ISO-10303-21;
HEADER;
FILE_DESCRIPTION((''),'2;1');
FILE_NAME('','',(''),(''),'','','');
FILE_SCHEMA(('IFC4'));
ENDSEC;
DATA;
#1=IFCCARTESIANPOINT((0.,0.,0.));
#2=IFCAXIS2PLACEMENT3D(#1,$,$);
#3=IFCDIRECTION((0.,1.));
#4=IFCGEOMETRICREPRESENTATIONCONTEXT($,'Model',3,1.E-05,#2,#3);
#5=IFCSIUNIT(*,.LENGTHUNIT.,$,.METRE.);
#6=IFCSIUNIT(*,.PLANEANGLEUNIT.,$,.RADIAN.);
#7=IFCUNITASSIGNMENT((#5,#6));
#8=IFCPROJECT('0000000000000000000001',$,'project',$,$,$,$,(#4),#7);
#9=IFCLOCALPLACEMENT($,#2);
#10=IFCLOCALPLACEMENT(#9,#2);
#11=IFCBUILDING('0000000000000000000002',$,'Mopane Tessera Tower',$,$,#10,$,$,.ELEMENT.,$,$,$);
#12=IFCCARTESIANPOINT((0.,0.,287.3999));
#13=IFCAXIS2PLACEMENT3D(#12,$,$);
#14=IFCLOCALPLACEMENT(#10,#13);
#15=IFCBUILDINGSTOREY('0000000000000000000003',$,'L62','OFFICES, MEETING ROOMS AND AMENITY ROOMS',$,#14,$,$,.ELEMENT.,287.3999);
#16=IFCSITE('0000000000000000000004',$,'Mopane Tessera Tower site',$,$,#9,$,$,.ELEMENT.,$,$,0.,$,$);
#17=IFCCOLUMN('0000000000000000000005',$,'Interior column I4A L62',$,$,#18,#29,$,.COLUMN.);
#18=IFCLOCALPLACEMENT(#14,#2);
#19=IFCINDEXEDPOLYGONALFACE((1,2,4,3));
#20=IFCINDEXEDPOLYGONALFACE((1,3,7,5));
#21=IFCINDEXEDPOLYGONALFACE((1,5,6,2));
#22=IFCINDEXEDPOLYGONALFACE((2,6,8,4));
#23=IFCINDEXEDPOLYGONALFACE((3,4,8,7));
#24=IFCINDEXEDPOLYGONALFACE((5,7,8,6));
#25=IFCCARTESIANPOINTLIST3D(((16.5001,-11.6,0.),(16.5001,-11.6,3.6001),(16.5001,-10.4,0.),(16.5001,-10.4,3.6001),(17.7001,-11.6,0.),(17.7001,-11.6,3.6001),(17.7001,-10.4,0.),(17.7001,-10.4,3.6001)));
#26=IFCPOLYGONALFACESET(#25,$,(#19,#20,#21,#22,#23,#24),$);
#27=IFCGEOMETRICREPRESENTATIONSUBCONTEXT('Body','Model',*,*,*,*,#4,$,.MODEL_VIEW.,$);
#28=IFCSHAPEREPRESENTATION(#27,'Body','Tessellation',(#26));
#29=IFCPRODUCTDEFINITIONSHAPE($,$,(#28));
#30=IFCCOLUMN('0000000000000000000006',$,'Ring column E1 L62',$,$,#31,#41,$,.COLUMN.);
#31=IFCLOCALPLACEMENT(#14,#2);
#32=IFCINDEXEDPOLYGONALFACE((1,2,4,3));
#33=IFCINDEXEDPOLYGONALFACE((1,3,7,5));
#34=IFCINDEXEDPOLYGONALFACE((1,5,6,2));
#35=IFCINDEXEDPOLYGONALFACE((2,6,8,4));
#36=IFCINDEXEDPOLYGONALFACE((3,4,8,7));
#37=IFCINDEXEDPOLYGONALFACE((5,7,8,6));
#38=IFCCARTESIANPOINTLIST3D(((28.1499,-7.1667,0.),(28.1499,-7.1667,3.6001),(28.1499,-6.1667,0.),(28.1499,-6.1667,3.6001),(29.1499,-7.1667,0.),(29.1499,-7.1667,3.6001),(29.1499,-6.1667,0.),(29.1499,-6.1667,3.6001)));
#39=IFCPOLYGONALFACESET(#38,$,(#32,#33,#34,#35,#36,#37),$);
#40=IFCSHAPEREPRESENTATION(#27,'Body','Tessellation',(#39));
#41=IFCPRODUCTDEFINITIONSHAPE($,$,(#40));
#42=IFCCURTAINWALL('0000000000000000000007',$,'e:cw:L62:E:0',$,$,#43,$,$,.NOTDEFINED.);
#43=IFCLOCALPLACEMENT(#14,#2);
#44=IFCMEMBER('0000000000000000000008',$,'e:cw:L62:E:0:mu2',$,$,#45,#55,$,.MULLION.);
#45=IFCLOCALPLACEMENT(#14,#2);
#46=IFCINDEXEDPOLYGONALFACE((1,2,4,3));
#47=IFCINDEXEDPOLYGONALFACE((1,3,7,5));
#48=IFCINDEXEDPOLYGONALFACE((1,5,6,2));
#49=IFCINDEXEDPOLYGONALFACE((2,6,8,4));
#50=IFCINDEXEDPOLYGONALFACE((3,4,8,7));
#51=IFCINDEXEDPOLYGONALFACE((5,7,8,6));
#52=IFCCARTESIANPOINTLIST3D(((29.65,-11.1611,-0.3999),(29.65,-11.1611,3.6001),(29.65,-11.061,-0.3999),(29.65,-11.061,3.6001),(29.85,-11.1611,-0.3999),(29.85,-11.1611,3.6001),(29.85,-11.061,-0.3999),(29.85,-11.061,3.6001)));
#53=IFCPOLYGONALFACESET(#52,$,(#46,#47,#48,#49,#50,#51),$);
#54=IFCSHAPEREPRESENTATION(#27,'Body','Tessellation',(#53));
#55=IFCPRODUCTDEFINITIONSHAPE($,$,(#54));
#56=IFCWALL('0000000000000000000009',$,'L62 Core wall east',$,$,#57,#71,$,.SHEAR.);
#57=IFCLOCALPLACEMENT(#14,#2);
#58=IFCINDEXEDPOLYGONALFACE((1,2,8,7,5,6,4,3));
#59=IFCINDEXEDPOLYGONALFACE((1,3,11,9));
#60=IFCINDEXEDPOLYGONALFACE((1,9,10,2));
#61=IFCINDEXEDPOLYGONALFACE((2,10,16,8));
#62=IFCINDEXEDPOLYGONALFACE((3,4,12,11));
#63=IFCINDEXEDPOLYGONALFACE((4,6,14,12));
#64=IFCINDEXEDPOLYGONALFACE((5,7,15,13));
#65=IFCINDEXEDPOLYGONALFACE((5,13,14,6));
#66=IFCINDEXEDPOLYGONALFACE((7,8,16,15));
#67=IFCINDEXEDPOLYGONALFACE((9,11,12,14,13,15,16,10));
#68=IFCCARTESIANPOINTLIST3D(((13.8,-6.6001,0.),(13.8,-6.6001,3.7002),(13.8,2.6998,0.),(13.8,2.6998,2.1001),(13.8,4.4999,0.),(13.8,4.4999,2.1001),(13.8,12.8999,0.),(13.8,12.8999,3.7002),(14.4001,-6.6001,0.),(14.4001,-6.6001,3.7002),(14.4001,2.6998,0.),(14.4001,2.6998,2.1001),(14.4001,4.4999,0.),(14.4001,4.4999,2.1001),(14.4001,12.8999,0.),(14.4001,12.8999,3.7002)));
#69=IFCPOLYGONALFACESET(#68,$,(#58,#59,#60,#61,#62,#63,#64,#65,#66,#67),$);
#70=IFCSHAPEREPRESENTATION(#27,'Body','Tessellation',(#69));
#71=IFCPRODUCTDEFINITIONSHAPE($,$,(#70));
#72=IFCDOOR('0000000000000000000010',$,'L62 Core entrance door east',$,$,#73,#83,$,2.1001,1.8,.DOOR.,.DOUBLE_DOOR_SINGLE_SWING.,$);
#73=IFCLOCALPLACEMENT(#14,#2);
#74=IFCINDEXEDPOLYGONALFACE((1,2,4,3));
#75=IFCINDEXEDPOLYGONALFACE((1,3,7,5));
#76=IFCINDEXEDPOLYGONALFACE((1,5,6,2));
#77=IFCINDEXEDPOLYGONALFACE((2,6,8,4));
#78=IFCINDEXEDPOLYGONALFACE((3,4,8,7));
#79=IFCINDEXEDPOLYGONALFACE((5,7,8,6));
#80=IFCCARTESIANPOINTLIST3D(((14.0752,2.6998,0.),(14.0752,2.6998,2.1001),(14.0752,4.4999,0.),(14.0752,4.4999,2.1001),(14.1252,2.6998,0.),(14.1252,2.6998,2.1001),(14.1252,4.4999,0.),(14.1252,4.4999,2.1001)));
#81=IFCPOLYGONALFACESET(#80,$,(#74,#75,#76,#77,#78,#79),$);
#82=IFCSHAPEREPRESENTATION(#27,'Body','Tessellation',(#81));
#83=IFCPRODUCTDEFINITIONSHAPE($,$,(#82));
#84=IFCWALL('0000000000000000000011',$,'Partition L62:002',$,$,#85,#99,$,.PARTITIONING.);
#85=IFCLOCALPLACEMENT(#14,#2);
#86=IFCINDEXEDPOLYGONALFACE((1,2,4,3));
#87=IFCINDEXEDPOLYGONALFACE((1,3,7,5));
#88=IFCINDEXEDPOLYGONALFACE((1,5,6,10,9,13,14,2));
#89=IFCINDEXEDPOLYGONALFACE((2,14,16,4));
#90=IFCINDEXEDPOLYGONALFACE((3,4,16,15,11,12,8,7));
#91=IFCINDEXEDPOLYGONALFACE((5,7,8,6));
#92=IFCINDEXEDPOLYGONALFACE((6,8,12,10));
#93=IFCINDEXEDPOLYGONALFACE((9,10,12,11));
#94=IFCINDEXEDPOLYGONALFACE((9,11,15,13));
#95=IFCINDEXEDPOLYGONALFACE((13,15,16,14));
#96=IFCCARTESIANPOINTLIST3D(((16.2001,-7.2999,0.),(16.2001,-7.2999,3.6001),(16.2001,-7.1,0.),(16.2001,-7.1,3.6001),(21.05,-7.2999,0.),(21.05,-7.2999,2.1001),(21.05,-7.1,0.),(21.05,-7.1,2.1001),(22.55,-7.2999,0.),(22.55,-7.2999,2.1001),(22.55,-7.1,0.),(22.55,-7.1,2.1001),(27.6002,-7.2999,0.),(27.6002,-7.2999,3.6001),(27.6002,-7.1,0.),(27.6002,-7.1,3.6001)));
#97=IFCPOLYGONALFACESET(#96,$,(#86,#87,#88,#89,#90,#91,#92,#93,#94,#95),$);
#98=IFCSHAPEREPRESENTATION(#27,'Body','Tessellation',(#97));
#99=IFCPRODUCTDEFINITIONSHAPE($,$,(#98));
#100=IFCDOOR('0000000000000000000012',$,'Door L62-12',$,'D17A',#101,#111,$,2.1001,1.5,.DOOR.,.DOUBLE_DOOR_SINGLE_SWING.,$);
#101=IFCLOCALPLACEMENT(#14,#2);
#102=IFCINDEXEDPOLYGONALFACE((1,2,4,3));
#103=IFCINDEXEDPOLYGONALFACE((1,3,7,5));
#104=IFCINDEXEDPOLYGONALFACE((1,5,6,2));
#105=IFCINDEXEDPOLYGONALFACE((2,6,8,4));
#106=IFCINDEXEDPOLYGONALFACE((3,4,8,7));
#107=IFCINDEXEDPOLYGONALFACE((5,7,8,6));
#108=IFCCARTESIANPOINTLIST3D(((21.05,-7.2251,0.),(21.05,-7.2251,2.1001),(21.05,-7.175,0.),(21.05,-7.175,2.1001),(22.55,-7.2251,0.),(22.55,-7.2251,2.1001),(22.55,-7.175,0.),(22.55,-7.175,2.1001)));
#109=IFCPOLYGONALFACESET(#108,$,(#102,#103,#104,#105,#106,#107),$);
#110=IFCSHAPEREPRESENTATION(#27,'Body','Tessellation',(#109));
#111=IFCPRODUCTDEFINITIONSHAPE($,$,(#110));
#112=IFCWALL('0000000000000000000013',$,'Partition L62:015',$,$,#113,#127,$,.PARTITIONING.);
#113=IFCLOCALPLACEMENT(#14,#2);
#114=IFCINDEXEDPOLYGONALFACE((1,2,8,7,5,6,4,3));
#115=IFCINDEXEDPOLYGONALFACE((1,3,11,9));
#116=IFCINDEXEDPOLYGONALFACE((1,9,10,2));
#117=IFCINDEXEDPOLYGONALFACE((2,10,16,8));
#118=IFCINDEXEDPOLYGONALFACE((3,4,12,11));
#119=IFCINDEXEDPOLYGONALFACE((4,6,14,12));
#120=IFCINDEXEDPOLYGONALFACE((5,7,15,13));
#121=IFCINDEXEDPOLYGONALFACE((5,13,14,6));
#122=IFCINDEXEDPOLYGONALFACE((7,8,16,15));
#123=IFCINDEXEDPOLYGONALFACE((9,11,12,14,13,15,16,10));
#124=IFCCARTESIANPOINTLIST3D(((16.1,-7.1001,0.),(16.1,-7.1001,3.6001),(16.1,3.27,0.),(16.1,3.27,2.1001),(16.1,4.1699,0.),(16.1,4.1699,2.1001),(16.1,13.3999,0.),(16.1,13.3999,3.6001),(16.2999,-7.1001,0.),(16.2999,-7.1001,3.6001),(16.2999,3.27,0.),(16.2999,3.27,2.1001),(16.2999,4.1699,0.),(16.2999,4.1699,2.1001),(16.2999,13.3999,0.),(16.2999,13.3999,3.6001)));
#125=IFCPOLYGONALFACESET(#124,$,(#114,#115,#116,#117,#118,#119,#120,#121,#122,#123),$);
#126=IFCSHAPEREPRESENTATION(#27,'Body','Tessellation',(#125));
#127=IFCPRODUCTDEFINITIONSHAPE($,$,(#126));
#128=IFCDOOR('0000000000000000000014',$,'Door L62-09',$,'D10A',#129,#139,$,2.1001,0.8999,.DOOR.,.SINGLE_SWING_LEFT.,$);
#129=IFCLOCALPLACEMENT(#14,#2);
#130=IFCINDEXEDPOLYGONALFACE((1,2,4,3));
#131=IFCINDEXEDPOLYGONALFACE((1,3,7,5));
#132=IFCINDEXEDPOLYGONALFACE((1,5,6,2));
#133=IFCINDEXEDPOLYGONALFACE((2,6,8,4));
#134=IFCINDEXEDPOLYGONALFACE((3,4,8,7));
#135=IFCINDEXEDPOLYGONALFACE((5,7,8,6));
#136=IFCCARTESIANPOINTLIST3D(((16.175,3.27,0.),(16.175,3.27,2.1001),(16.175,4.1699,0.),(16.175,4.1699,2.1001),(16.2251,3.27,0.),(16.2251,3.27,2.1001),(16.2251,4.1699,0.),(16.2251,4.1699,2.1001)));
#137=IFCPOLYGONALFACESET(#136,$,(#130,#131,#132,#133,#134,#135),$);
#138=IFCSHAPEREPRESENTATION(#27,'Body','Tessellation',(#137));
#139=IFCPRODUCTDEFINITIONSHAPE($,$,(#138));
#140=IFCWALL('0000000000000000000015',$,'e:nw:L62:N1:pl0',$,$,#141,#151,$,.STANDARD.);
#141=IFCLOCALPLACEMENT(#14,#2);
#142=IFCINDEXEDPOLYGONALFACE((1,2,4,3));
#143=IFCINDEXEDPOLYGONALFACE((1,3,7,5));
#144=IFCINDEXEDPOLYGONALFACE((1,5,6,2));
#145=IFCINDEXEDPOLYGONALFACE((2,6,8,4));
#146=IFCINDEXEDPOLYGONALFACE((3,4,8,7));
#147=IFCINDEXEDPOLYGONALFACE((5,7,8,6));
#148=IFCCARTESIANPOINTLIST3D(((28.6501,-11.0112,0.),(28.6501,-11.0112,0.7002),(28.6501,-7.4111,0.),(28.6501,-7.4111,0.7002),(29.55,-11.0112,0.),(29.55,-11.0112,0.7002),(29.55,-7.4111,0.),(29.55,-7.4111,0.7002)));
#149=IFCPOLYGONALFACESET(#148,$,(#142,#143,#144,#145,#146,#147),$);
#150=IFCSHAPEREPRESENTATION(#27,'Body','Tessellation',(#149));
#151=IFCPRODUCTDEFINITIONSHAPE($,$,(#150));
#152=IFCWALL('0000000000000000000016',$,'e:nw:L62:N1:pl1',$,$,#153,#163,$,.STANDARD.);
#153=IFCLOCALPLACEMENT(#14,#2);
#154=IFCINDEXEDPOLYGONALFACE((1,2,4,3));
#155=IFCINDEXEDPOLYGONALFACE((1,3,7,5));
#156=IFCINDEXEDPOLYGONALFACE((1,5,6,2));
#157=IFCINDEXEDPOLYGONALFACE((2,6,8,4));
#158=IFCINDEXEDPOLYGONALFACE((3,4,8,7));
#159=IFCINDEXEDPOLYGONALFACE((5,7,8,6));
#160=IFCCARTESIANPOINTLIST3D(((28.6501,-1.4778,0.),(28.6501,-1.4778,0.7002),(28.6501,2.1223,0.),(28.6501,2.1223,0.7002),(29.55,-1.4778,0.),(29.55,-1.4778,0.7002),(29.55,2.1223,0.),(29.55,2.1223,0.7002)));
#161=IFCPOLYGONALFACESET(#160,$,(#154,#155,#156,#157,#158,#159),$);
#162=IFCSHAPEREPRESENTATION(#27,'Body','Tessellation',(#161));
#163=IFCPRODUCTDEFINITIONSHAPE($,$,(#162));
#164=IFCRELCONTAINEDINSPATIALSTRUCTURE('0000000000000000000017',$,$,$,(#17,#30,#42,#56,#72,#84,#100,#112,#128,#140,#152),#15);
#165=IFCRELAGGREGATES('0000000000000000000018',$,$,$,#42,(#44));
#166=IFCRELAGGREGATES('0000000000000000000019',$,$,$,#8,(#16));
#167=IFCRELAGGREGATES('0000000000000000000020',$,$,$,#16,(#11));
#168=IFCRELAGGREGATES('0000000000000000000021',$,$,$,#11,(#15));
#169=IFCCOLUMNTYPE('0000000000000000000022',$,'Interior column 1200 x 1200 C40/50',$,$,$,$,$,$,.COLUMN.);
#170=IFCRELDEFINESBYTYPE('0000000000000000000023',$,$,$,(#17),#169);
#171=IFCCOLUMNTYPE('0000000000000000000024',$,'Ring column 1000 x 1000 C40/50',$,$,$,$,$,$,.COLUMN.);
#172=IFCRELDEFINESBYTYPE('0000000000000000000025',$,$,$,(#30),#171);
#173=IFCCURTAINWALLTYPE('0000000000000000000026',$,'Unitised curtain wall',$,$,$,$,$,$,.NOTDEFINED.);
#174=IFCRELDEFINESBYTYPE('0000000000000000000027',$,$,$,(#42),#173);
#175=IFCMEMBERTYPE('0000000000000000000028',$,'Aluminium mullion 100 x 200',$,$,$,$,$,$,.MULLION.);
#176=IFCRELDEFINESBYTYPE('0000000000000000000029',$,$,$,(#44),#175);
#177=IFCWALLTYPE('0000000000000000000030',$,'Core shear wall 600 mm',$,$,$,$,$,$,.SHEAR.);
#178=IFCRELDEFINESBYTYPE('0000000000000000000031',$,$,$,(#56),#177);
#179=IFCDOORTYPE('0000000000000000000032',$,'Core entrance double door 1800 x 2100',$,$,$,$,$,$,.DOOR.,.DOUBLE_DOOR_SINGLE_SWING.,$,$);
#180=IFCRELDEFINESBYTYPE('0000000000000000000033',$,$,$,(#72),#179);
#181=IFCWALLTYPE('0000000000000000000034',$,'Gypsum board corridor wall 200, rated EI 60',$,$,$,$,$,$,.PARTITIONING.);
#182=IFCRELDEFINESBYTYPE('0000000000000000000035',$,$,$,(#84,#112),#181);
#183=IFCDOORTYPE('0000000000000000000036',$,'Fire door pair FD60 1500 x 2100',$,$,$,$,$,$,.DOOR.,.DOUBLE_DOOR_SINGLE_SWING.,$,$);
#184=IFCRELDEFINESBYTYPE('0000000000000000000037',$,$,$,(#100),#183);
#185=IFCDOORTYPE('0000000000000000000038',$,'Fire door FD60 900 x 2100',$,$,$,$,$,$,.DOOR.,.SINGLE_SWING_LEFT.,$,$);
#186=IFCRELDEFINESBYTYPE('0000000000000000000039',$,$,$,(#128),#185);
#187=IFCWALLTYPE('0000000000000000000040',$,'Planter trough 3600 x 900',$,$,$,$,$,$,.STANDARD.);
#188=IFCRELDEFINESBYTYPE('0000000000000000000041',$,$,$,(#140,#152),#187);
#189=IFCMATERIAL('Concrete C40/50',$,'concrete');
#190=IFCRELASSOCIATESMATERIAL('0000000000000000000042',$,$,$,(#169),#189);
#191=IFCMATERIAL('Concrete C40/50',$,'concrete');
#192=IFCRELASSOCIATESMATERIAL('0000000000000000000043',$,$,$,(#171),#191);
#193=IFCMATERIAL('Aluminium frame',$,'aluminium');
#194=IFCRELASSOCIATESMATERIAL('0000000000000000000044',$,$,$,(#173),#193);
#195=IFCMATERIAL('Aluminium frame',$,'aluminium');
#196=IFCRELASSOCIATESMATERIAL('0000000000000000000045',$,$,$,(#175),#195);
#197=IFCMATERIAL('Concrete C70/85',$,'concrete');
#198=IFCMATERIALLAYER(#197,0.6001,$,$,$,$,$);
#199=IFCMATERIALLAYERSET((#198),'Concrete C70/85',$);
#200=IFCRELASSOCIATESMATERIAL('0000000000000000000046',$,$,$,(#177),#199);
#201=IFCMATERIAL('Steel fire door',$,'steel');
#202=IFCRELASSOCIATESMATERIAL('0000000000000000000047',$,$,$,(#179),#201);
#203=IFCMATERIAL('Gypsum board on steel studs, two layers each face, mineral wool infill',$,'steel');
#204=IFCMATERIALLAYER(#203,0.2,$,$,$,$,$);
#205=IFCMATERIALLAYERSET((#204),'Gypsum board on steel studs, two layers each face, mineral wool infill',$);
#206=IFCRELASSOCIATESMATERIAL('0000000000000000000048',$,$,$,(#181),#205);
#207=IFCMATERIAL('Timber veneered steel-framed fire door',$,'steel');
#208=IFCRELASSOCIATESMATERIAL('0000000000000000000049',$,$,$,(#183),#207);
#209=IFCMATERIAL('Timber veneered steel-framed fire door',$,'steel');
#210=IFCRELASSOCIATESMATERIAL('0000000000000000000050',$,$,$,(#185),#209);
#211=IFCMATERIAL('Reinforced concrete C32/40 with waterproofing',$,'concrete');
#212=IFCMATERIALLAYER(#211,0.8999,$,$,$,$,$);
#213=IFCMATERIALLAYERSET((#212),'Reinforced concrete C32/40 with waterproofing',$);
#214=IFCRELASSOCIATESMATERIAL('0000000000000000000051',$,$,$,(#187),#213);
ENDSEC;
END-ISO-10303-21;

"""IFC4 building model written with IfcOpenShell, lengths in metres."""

from ifc_helpers import new_model, si_unit, direction, frame, frame_2d, origin, origin_2d, place, context, subcontext, project, spatial, rectangle, extrude, material, layer, layer_set, material_profile, profile_set, type_object, element, fill, aggregate, save


model = new_model("IFC4")

# Units and contexts
model_context = context("Model", 3, precision=1e-05, world=origin(), true_north=direction((0.0, 1.0)))
body_context = subcontext(model_context, "Body", "Model", "MODEL_VIEW")
ifc_project = project(units=[si_unit("LENGTHUNIT", "METRE"), si_unit("PLANEANGLEUNIT", "RADIAN")], contexts=[model_context])

# Site, building, storey
site_placement = place(None, origin())
site = spatial("IfcSite", under=ifc_project, at=site_placement, Name="Mopane Tessera Tower site", CompositionType="ELEMENT", RefElevation=0.0)
building_placement = place(site_placement, origin())
building = spatial("IfcBuilding", under=site, at=building_placement, Name="Mopane Tessera Tower", CompositionType="ELEMENT")
storey_placement = place(building_placement, frame((0.0, 0.0, 287.3999)))
storey = spatial("IfcBuildingStorey", under=building, at=storey_placement, Name="L62", Description="OFFICES, MEETING ROOMS AND AMENITY ROOMS", CompositionType="ELEMENT", Elevation=287.3999)

# Columns
ifc_material_1 = material(Name="Concrete C40/50", Category="concrete")
ifc_material_profile_1 = material_profile(ifc_material_1, rectangle(XDim=1.2, YDim=1.2, at=origin_2d()))
ifc_profile_set_1 = profile_set([ifc_material_profile_1], Name="Concrete C40/50")
column_type_1 = type_object("IfcColumnType", Name="Interior column 1200 x 1200 C40/50", PredefinedType="COLUMN", material=ifc_profile_set_1)
column_1_placement = place(storey_placement, frame((17.1001, -11.0, 0.0), z_axis=(0.0, 0.0, 1.0), x_axis=(1.0, 0.0, 0.0)))
element("IfcColumn", 1, at=column_1_placement, inside=storey, type_object=column_type_1, Name="Interior column I4A L62", PredefinedType="COLUMN", context=body_context, shape_type="SweptSolid", body=[
    extrude(rectangle(XDim=1.2, YDim=1.2, at=origin_2d()), origin(), (0.0, 0.0, 1.0), 3.6001),
])
ifc_material_2 = material(Name="Concrete C40/50", Category="concrete")
ifc_material_profile_2 = material_profile(ifc_material_2, rectangle(XDim=1.0, YDim=1.0, at=origin_2d()))
ifc_profile_set_2 = profile_set([ifc_material_profile_2], Name="Concrete C40/50")
column_type_2 = type_object("IfcColumnType", Name="Ring column 1000 x 1000 C40/50", PredefinedType="COLUMN", material=ifc_profile_set_2)
column_2_placement = place(storey_placement, frame((28.6499, -6.6667, 0.0), z_axis=(0.0, 0.0, 1.0), x_axis=(1.0, 0.0, 0.0)))
element("IfcColumn", 2, at=column_2_placement, inside=storey, type_object=column_type_2, Name="Ring column E1 L62", PredefinedType="COLUMN", context=body_context, shape_type="SweptSolid", body=[
    extrude(rectangle(XDim=1.0, YDim=1.0, at=origin_2d()), origin(), (0.0, 0.0, 1.0), 3.6001),
])

# Curtain wall, member
ifc_material_3 = material(Name="Aluminium frame", Category="aluminium")
curtain_wall_type = type_object("IfcCurtainWallType", Name="Unitised curtain wall", PredefinedType="NOTDEFINED", material=ifc_material_3)
curtain_wall_placement = place(storey_placement, origin())
curtain_wall = element("IfcCurtainWall", 3, at=curtain_wall_placement, inside=storey, type_object=curtain_wall_type, Name="e:cw:L62:E:0", PredefinedType="NOTDEFINED")
ifc_material_4 = material(Name="Aluminium frame", Category="aluminium")
ifc_material_profile_3 = material_profile(ifc_material_4, rectangle(XDim=0.1001, YDim=0.2, at=origin_2d()))
ifc_profile_set_3 = profile_set([ifc_material_profile_3], Name="Aluminium frame")
member_type = type_object("IfcMemberType", Name="Aluminium mullion 100 x 200", PredefinedType="MULLION", material=ifc_profile_set_3)
member_placement = place(storey_placement, frame((29.75, -11.1111, -0.3999), z_axis=(0.0, 0.0, 1.0), x_axis=(0.0, 1.0, 0.0)))
member = element("IfcMember", 4, at=member_placement, type_object=member_type, Name="e:cw:L62:E:0:mu2", PredefinedType="MULLION", context=body_context, shape_type="SweptSolid", body=[
    extrude(rectangle(XDim=0.1001, YDim=0.2, at=origin_2d()), origin(), (0.0, 0.0, 1.0), 4.0),
])
aggregate(curtain_wall, [member])

# Walls, openings, doors
ifc_material_5 = material(Name="Concrete C70/85", Category="concrete")
ifc_layer_1 = layer(ifc_material_5, 0.6001)
ifc_layer_set_1 = layer_set([ifc_layer_1], Name="Concrete C70/85")
wall_type_1 = type_object("IfcWallType", Name="Core shear wall 600 mm", PredefinedType="SHEAR", material=ifc_layer_set_1)
wall_1_placement = place(storey_placement, frame((14.1001, -6.6001, 0.0), z_axis=(0.0, 0.0, 1.0), x_axis=(0.0, 1.0, 0.0)))
wall_1 = element("IfcWall", 5, at=wall_1_placement, inside=storey, type_object=wall_type_1, Name="L62 Core wall east", PredefinedType="SHEAR", context=body_context, shape_type="SweptSolid", body=[
    extrude(rectangle(XDim=19.5, YDim=0.6001, at=frame_2d((9.75, 0.0))), origin(), (0.0, 0.0, 1.0), 3.7002),
])
opening_1_placement = place(wall_1_placement, frame((9.3, 0.0, 0.0)))
opening_1 = element("IfcOpeningElement", 6, at=opening_1_placement, cuts=wall_1, PredefinedType="OPENING", context=body_context, shape_type="SweptSolid", body=[
    extrude(rectangle(XDim=1.8, YDim=2.1001, at=frame_2d((0.8999, 1.05))), frame((0.0, 0.312, 0.0), z_axis=(0.0, -1.0, 0.0), x_axis=(1.0, 0.0, 0.0)), (0.0, 0.0, 1.0), 0.624),
])
ifc_material_6 = material(Name="Steel fire door", Category="steel")
door_type_1 = type_object("IfcDoorType", Name="Core entrance double door 1800 x 2100", OperationType="DOUBLE_DOOR_SINGLE_SWING", PredefinedType="DOOR", material=ifc_material_6)
door_1_placement = place(opening_1_placement, origin())
door_1 = element("IfcDoor", 7, at=door_1_placement, inside=storey, type_object=door_type_1, Name="L62 Core entrance door east", OperationType="DOUBLE_DOOR_SINGLE_SWING", OverallHeight=2.1001, OverallWidth=1.8, PredefinedType="DOOR", context=body_context, shape_type="SweptSolid", body=[
    extrude(rectangle(XDim=1.8, YDim=2.1001, at=frame_2d((0.8999, 1.05))), frame((0.0, 0.0249, 0.0), z_axis=(0.0, -1.0, 0.0), x_axis=(1.0, 0.0, 0.0)), (0.0, 0.0, 1.0), 0.05),
])
fill(opening_1, door_1)
ifc_material_7 = material(Name="Gypsum board on steel studs, two layers each face, mineral wool infill", Category="steel")
ifc_layer_2 = layer(ifc_material_7, 0.2)
ifc_layer_set_2 = layer_set([ifc_layer_2], Name="Gypsum board on steel studs, two layers each face, mineral wool infill")
wall_type_2 = type_object("IfcWallType", Name="Gypsum board corridor wall 200, rated EI 60", PredefinedType="PARTITIONING", material=ifc_layer_set_2)
wall_2_placement = place(storey_placement, frame((16.2, -7.2, 0.0), z_axis=(0.0, 0.0, 1.0), x_axis=(1.0, 0.0, 0.0)))
wall_2 = element("IfcWall", 8, at=wall_2_placement, inside=storey, type_object=wall_type_2, Name="Partition L62:002", PredefinedType="PARTITIONING", context=body_context, shape_type="SweptSolid", body=[
    extrude(rectangle(XDim=11.4001, YDim=0.2, at=frame_2d((5.7002, 0.0))), origin(), (0.0, 0.0, 1.0), 3.6001),
])
opening_2_placement = place(wall_2_placement, frame((4.8501, 0.0, 0.0)))
opening_2 = element("IfcOpeningElement", 9, at=opening_2_placement, cuts=wall_2, PredefinedType="OPENING", context=body_context, shape_type="SweptSolid", body=[
    extrude(rectangle(XDim=1.5, YDim=2.1001, at=frame_2d((0.75, 1.05))), frame((0.0, 0.1121, 0.0), z_axis=(0.0, -1.0, 0.0), x_axis=(1.0, 0.0, 0.0)), (0.0, 0.0, 1.0), 0.2239),
])
ifc_material_8 = material(Name="Timber veneered steel-framed fire door", Category="steel")
door_type_2 = type_object("IfcDoorType", Name="Fire door pair FD60 1500 x 2100", OperationType="DOUBLE_DOOR_SINGLE_SWING", PredefinedType="DOOR", material=ifc_material_8)
door_2_placement = place(opening_2_placement, origin())
door_2 = element("IfcDoor", 10, at=door_2_placement, inside=storey, type_object=door_type_2, Name="Door L62-12", ObjectType="D17A", OperationType="DOUBLE_DOOR_SINGLE_SWING", OverallHeight=2.1001, OverallWidth=1.5, PredefinedType="DOOR", context=body_context, shape_type="SweptSolid", body=[
    extrude(rectangle(XDim=1.5, YDim=2.1001, at=frame_2d((0.75, 1.05))), frame((0.0, 0.0249, 0.0), z_axis=(0.0, -1.0, 0.0), x_axis=(1.0, 0.0, 0.0)), (0.0, 0.0, 1.0), 0.05),
])
fill(opening_2, door_2)
wall_3_placement = place(storey_placement, frame((16.2, -7.1001, 0.0), z_axis=(0.0, 0.0, 1.0), x_axis=(0.0, 1.0, 0.0)))
wall_3 = element("IfcWall", 11, at=wall_3_placement, inside=storey, type_object=wall_type_2, Name="Partition L62:015", PredefinedType="PARTITIONING", context=body_context, shape_type="SweptSolid", body=[
    extrude(rectangle(XDim=20.5, YDim=0.2, at=frame_2d((10.25, 0.0))), origin(), (0.0, 0.0, 1.0), 3.6001),
])
opening_3_placement = place(wall_3_placement, frame((10.3701, 0.0, 0.0)))
opening_3 = element("IfcOpeningElement", 12, at=opening_3_placement, cuts=wall_3, PredefinedType="OPENING", context=body_context, shape_type="SweptSolid", body=[
    extrude(rectangle(XDim=0.8999, YDim=2.1001, at=frame_2d((0.45, 1.05))), frame((0.0, 0.1121, 0.0), z_axis=(0.0, -1.0, 0.0), x_axis=(1.0, 0.0, 0.0)), (0.0, 0.0, 1.0), 0.2239),
])
ifc_material_9 = material(Name="Timber veneered steel-framed fire door", Category="steel")
door_type_3 = type_object("IfcDoorType", Name="Fire door FD60 900 x 2100", OperationType="SINGLE_SWING_LEFT", PredefinedType="DOOR", material=ifc_material_9)
door_3_placement = place(opening_3_placement, origin())
door_3 = element("IfcDoor", 13, at=door_3_placement, inside=storey, type_object=door_type_3, Name="Door L62-09", ObjectType="D10A", OperationType="SINGLE_SWING_LEFT", OverallHeight=2.1001, OverallWidth=0.8999, PredefinedType="DOOR", context=body_context, shape_type="SweptSolid", body=[
    extrude(rectangle(XDim=0.8999, YDim=2.1001, at=frame_2d((0.45, 1.05))), frame((0.0, 0.0249, 0.0), z_axis=(0.0, -1.0, 0.0), x_axis=(1.0, 0.0, 0.0)), (0.0, 0.0, 1.0), 0.05),
])
fill(opening_3, door_3)

# Walls
ifc_material_10 = material(Name="Reinforced concrete C32/40 with waterproofing", Category="concrete")
ifc_layer_3 = layer(ifc_material_10, 0.8999)
ifc_layer_set_3 = layer_set([ifc_layer_3], Name="Reinforced concrete C32/40 with waterproofing")
wall_type_3 = type_object("IfcWallType", Name="Planter trough 3600 x 900", PredefinedType="STANDARD", material=ifc_layer_set_3)
for number, where, z_axis, x_axis, name in (
    (14, (29.1001, -11.0112, 0.0), (0.0, 0.0, 1.0), (0.0, 1.0, 0.0), "e:nw:L62:N1:pl0"),
    (15, (29.1001, -1.4778, 0.0), (0.0, 0.0, 1.0), (0.0, 1.0, 0.0), "e:nw:L62:N1:pl1"),
):
    element("IfcWall", number, at=place(storey_placement, frame(where, z_axis=z_axis, x_axis=x_axis)), inside=storey, type_object=wall_type_3, Name=name, PredefinedType="STANDARD", context=body_context, shape_type="SweptSolid", body=[
        extrude(rectangle(XDim=3.6001, YDim=0.8999, at=frame_2d((1.8, 0.0))), origin(), (0.0, 0.0, 1.0), 0.7002),
    ])

save(model, "model.ifc")
